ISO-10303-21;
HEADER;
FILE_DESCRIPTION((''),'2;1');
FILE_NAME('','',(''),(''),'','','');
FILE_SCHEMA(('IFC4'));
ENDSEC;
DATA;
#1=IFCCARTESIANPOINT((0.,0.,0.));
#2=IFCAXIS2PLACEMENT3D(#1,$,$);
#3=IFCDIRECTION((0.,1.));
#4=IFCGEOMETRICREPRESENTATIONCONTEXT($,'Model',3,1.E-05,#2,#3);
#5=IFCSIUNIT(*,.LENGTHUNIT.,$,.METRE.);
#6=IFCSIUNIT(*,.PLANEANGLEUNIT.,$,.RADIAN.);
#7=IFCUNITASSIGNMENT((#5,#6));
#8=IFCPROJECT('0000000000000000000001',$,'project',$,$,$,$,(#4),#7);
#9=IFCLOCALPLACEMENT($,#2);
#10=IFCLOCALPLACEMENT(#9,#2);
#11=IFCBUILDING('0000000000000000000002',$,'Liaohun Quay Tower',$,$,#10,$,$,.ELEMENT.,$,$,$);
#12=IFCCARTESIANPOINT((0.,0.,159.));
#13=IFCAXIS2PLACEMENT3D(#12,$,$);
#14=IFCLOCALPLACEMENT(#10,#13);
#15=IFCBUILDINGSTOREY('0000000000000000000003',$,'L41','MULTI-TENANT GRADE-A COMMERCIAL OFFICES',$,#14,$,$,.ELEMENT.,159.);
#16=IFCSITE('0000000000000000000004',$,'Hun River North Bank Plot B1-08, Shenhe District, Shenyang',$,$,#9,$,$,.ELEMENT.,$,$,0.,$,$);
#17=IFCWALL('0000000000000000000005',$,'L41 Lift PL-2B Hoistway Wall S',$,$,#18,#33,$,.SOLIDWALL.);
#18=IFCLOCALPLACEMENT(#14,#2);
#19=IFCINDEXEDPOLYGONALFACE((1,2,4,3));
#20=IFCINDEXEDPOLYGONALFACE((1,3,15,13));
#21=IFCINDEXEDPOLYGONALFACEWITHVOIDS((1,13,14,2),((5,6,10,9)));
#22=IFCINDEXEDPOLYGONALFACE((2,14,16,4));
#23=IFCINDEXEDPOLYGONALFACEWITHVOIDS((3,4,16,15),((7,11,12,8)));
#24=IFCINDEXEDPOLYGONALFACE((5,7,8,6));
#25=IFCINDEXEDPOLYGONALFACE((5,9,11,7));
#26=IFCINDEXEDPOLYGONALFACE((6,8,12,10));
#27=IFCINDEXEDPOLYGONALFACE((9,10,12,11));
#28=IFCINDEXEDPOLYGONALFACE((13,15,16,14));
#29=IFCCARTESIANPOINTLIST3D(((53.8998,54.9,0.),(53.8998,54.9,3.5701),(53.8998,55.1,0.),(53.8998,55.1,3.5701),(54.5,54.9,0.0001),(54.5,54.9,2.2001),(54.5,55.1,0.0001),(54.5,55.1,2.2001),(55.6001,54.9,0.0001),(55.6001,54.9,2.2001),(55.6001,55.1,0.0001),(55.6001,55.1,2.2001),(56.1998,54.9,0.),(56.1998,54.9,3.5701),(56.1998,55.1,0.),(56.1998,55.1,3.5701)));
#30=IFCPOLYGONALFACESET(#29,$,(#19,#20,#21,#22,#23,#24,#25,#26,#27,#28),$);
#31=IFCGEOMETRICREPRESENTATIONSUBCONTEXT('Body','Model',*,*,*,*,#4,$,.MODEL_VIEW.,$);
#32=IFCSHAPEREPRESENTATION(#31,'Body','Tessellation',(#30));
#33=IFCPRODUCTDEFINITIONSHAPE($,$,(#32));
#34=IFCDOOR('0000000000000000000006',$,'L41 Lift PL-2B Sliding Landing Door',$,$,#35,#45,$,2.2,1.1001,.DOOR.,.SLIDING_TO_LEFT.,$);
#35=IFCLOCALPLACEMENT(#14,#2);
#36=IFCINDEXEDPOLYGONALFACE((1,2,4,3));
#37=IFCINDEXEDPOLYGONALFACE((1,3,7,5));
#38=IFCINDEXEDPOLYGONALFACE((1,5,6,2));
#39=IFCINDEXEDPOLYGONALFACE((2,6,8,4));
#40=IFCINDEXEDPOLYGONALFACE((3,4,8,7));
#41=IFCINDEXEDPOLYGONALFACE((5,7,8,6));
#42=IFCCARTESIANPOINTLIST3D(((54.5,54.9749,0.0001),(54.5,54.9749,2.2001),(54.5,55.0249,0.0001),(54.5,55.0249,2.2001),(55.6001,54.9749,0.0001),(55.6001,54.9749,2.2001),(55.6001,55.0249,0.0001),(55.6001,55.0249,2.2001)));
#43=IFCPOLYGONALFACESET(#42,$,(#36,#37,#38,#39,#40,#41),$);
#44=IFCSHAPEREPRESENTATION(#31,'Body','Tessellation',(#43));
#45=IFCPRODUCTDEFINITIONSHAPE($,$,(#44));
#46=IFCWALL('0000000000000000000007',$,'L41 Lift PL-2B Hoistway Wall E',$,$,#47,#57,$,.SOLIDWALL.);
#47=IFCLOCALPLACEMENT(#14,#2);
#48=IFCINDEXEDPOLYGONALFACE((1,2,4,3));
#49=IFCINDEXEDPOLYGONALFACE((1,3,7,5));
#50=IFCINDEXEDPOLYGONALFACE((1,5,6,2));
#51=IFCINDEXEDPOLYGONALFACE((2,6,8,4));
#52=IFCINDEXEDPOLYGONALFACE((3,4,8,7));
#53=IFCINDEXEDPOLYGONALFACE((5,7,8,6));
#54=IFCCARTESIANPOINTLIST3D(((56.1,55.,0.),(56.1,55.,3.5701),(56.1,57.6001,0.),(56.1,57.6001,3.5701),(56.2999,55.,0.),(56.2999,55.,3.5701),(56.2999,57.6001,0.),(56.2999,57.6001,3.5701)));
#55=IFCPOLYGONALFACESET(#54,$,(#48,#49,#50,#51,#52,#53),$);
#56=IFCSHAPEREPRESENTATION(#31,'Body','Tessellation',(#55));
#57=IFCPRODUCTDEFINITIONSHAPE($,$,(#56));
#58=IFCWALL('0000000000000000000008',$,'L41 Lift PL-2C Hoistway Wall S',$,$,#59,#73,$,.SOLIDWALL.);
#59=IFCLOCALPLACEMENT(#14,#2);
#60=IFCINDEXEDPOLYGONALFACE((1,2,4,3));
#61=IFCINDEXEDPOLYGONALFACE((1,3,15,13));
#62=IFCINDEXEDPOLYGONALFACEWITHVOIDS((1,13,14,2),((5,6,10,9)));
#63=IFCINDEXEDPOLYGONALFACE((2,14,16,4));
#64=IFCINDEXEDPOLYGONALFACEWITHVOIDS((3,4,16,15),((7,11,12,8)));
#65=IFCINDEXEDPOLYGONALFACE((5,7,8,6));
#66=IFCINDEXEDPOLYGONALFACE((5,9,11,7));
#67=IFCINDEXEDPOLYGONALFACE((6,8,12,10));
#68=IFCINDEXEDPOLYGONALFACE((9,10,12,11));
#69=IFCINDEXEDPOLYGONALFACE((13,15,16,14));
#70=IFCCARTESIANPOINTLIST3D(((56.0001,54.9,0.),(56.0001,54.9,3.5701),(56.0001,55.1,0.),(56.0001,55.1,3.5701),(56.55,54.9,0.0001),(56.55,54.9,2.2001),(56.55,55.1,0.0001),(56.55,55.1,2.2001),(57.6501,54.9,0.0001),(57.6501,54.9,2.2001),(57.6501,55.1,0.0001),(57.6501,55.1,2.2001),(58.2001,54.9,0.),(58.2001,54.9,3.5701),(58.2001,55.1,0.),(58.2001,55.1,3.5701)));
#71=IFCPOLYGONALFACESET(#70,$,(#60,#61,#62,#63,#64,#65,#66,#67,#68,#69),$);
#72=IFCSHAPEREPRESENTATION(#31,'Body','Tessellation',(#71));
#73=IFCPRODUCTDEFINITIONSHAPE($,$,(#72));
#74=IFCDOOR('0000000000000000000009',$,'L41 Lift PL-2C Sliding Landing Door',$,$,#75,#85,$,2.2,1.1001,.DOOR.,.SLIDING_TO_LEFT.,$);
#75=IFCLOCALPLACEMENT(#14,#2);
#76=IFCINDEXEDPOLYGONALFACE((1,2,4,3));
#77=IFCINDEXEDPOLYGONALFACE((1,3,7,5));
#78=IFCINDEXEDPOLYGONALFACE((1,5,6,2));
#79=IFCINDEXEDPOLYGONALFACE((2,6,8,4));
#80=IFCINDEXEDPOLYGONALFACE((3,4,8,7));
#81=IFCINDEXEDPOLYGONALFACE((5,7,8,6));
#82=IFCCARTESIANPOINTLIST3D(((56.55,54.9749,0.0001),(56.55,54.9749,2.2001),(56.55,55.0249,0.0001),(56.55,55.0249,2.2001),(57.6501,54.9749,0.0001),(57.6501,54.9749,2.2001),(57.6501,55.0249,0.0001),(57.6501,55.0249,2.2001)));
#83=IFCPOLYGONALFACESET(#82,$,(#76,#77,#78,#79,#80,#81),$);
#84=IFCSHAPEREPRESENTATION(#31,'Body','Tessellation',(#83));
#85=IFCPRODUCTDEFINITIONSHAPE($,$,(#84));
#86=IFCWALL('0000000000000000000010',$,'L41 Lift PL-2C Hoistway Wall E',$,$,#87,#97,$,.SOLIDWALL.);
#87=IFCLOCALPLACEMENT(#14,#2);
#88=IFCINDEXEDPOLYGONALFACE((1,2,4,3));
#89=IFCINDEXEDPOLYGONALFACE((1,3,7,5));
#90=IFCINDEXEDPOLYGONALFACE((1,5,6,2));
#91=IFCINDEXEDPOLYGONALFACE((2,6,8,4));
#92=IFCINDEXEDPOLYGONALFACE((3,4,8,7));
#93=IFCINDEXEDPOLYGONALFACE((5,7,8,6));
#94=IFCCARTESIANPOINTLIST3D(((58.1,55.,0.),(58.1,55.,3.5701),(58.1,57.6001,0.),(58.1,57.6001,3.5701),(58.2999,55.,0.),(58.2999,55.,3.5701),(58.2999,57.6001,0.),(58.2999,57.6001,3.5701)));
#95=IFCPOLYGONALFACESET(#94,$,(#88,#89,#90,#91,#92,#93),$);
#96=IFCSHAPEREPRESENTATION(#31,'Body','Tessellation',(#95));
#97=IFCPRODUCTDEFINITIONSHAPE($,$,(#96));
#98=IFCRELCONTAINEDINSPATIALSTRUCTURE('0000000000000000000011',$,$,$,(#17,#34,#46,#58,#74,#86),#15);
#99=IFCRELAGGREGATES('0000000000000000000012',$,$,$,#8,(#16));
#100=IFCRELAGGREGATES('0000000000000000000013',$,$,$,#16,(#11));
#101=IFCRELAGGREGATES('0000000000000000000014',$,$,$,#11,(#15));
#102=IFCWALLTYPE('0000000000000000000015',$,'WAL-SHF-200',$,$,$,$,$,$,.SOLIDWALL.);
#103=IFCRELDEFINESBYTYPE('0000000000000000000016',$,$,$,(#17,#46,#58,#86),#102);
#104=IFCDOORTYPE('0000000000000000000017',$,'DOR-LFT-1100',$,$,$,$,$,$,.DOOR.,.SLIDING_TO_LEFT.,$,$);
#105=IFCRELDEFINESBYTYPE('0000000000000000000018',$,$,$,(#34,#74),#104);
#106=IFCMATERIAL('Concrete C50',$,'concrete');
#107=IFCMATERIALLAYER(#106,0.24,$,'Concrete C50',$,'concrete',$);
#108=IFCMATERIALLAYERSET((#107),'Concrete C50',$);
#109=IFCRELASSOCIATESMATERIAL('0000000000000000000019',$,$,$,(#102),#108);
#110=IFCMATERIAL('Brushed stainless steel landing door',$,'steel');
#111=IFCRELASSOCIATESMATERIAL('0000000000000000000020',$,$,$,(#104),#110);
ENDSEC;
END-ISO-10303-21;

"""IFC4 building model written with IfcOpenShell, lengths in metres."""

from ifc_helpers import new_model, si_unit, direction, frame, frame_2d, origin, place, context, subcontext, project, spatial, rectangle, extrude, source, transform, mapped, material, layer, layer_set, type_object, element, fill, save


model = new_model("IFC4")

# Units and contexts
model_context = context("Model", 3, precision=1e-05, world=origin(), true_north=direction((0.0, 1.0)))
body_context = subcontext(model_context, "Body", "Model", "MODEL_VIEW")
ifc_project = project(units=[si_unit("LENGTHUNIT", "METRE"), si_unit("PLANEANGLEUNIT", "RADIAN")], contexts=[model_context])

# Site, building, storey
site_placement = place(None, origin())
site = spatial("IfcSite", under=ifc_project, at=site_placement, Name="Hun River North Bank Plot B1-08, Shenhe District, Shenyang", CompositionType="ELEMENT", RefElevation=0.0)
building_placement = place(site_placement, origin())
building = spatial("IfcBuilding", under=site, at=building_placement, Name="Liaohun Quay Tower", CompositionType="ELEMENT")
storey_placement = place(building_placement, frame((0.0, 0.0, 159.0)))
storey = spatial("IfcBuildingStorey", under=building, at=storey_placement, Name="L41", Description="MULTI-TENANT GRADE-A COMMERCIAL OFFICES", CompositionType="ELEMENT", Elevation=159.0)

# Shared definitions
ifc_material_1 = material(Name="Concrete C50", Category="concrete")
ifc_layer_1 = layer(ifc_material_1, 0.24, Name="Concrete C50", Category="concrete")
ifc_layer_set_1 = layer_set([ifc_layer_1], Name="Concrete C50")
wall_type_1 = type_object("IfcWallType", Name="WAL-SHF-200", PredefinedType="SOLIDWALL", material=ifc_layer_set_1)

# Wall, opening, door
wall_1_placement = place(storey_placement, frame((53.8999, 55.0, 0.0), z_axis=(0.0, 0.0, 1.0), x_axis=(1.0, 0.0, 0.0)))
wall_1 = element("IfcWall", 1, at=wall_1_placement, inside=storey, type_object=wall_type_1, Name="L41 Lift PL-2B Hoistway Wall S", PredefinedType="SOLIDWALL", context=body_context, shape_type="SweptSolid", body=[
    extrude(rectangle(XDim=2.3, YDim=0.2, at=frame_2d((1.1499, 0.0))), origin(), (0.0, 0.0, 1.0), 3.5701),
])
shared_shape_1 = source(origin(), body_context, "Body", "SweptSolid", [
    extrude(rectangle(XDim=1.1001, YDim=2.2, at=frame_2d((0.55, 1.1001))), frame((0.0, 0.1099, 0.0), z_axis=(0.0, -1.0, 0.0), x_axis=(1.0, 0.0, 0.0)), (0.0, 0.0, 1.0), 0.22),
])
opening_1_placement = place(wall_1_placement, frame((0.6001, 0.0, 0.0)))
opening_1 = element("IfcOpeningElement", 2, at=opening_1_placement, cuts=wall_1, PredefinedType="OPENING", context=body_context, shape_type="MappedRepresentation", body=[
    mapped(shared_shape_1, transform((0.0, 0.0, 0.0), x_axis=(1.0, 0.0, 0.0), y_axis=(0.0, 1.0, 0.0), z_axis=(0.0, 0.0, 1.0), scale=1.0)),
])
ifc_material_2 = material(Name="Brushed stainless steel landing door", Category="steel")
door_type_1 = type_object("IfcDoorType", Name="DOR-LFT-1100", OperationType="SLIDING_TO_LEFT", PredefinedType="DOOR", material=ifc_material_2)
shared_shape_2 = source(origin(), body_context, "Body", "SweptSolid", [
    extrude(rectangle(XDim=1.1001, YDim=2.2, at=frame_2d((0.55, 1.1001))), frame((0.0, 0.0249, 0.0), z_axis=(0.0, -1.0, 0.0), x_axis=(1.0, 0.0, 0.0)), (0.0, 0.0, 1.0), 0.05),
])
door_1_placement = place(opening_1_placement, origin())
door_1 = element("IfcDoor", 3, at=door_1_placement, inside=storey, type_object=door_type_1, Name="L41 Lift PL-2B Sliding Landing Door", OperationType="SLIDING_TO_LEFT", OverallHeight=2.2, OverallWidth=1.1001, PredefinedType="DOOR", context=body_context, shape_type="MappedRepresentation", body=[
    mapped(shared_shape_2, transform((0.0, 0.0, 0.0), x_axis=(1.0, 0.0, 0.0), y_axis=(0.0, 1.0, 0.0), z_axis=(0.0, 0.0, 1.0), scale=1.0)),
])
fill(opening_1, door_1)

# Wall
wall_2_placement = place(storey_placement, frame((56.2, 55.0, 0.0), z_axis=(0.0, 0.0, 1.0), x_axis=(0.0, 1.0, 0.0)))
element("IfcWall", 4, at=wall_2_placement, inside=storey, type_object=wall_type_1, Name="L41 Lift PL-2B Hoistway Wall E", PredefinedType="SOLIDWALL", context=body_context, shape_type="SweptSolid", body=[
    extrude(rectangle(XDim=2.6001, YDim=0.2, at=frame_2d((1.3, 0.0))), origin(), (0.0, 0.0, 1.0), 3.5701),
])

# Wall, opening, door
wall_3_placement = place(storey_placement, frame((56.0, 55.0, 0.0), z_axis=(0.0, 0.0, 1.0), x_axis=(1.0, 0.0, 0.0)))
wall_3 = element("IfcWall", 5, at=wall_3_placement, inside=storey, type_object=wall_type_1, Name="L41 Lift PL-2C Hoistway Wall S", PredefinedType="SOLIDWALL", context=body_context, shape_type="SweptSolid", body=[
    extrude(rectangle(XDim=2.2, YDim=0.2, at=frame_2d((1.1001, 0.0))), origin(), (0.0, 0.0, 1.0), 3.5701),
])
opening_2_placement = place(wall_3_placement, frame((0.55, 0.0, 0.0)))
opening_2 = element("IfcOpeningElement", 6, at=opening_2_placement, cuts=wall_3, PredefinedType="OPENING", context=body_context, shape_type="MappedRepresentation", body=[
    mapped(shared_shape_1, transform((0.0, 0.0, 0.0), x_axis=(1.0, 0.0, 0.0), y_axis=(0.0, 1.0, 0.0), z_axis=(0.0, 0.0, 1.0), scale=1.0)),
])
door_2_placement = place(opening_2_placement, origin())
door_2 = element("IfcDoor", 7, at=door_2_placement, inside=storey, type_object=door_type_1, Name="L41 Lift PL-2C Sliding Landing Door", OperationType="SLIDING_TO_LEFT", OverallHeight=2.2, OverallWidth=1.1001, PredefinedType="DOOR", context=body_context, shape_type="MappedRepresentation", body=[
    mapped(shared_shape_2, transform((0.0, 0.0, 0.0), x_axis=(1.0, 0.0, 0.0), y_axis=(0.0, 1.0, 0.0), z_axis=(0.0, 0.0, 1.0), scale=1.0)),
])
fill(opening_2, door_2)

# Wall
wall_4_placement = place(storey_placement, frame((58.2, 55.0, 0.0), z_axis=(0.0, 0.0, 1.0), x_axis=(0.0, 1.0, 0.0)))
element("IfcWall", 8, at=wall_4_placement, inside=storey, type_object=wall_type_1, Name="L41 Lift PL-2C Hoistway Wall E", PredefinedType="SOLIDWALL", context=body_context, shape_type="SweptSolid", body=[
    extrude(rectangle(XDim=2.6001, YDim=0.2, at=frame_2d((1.3, 0.0))), origin(), (0.0, 0.0, 1.0), 3.5701),
])

save(model, "model.ifc")
